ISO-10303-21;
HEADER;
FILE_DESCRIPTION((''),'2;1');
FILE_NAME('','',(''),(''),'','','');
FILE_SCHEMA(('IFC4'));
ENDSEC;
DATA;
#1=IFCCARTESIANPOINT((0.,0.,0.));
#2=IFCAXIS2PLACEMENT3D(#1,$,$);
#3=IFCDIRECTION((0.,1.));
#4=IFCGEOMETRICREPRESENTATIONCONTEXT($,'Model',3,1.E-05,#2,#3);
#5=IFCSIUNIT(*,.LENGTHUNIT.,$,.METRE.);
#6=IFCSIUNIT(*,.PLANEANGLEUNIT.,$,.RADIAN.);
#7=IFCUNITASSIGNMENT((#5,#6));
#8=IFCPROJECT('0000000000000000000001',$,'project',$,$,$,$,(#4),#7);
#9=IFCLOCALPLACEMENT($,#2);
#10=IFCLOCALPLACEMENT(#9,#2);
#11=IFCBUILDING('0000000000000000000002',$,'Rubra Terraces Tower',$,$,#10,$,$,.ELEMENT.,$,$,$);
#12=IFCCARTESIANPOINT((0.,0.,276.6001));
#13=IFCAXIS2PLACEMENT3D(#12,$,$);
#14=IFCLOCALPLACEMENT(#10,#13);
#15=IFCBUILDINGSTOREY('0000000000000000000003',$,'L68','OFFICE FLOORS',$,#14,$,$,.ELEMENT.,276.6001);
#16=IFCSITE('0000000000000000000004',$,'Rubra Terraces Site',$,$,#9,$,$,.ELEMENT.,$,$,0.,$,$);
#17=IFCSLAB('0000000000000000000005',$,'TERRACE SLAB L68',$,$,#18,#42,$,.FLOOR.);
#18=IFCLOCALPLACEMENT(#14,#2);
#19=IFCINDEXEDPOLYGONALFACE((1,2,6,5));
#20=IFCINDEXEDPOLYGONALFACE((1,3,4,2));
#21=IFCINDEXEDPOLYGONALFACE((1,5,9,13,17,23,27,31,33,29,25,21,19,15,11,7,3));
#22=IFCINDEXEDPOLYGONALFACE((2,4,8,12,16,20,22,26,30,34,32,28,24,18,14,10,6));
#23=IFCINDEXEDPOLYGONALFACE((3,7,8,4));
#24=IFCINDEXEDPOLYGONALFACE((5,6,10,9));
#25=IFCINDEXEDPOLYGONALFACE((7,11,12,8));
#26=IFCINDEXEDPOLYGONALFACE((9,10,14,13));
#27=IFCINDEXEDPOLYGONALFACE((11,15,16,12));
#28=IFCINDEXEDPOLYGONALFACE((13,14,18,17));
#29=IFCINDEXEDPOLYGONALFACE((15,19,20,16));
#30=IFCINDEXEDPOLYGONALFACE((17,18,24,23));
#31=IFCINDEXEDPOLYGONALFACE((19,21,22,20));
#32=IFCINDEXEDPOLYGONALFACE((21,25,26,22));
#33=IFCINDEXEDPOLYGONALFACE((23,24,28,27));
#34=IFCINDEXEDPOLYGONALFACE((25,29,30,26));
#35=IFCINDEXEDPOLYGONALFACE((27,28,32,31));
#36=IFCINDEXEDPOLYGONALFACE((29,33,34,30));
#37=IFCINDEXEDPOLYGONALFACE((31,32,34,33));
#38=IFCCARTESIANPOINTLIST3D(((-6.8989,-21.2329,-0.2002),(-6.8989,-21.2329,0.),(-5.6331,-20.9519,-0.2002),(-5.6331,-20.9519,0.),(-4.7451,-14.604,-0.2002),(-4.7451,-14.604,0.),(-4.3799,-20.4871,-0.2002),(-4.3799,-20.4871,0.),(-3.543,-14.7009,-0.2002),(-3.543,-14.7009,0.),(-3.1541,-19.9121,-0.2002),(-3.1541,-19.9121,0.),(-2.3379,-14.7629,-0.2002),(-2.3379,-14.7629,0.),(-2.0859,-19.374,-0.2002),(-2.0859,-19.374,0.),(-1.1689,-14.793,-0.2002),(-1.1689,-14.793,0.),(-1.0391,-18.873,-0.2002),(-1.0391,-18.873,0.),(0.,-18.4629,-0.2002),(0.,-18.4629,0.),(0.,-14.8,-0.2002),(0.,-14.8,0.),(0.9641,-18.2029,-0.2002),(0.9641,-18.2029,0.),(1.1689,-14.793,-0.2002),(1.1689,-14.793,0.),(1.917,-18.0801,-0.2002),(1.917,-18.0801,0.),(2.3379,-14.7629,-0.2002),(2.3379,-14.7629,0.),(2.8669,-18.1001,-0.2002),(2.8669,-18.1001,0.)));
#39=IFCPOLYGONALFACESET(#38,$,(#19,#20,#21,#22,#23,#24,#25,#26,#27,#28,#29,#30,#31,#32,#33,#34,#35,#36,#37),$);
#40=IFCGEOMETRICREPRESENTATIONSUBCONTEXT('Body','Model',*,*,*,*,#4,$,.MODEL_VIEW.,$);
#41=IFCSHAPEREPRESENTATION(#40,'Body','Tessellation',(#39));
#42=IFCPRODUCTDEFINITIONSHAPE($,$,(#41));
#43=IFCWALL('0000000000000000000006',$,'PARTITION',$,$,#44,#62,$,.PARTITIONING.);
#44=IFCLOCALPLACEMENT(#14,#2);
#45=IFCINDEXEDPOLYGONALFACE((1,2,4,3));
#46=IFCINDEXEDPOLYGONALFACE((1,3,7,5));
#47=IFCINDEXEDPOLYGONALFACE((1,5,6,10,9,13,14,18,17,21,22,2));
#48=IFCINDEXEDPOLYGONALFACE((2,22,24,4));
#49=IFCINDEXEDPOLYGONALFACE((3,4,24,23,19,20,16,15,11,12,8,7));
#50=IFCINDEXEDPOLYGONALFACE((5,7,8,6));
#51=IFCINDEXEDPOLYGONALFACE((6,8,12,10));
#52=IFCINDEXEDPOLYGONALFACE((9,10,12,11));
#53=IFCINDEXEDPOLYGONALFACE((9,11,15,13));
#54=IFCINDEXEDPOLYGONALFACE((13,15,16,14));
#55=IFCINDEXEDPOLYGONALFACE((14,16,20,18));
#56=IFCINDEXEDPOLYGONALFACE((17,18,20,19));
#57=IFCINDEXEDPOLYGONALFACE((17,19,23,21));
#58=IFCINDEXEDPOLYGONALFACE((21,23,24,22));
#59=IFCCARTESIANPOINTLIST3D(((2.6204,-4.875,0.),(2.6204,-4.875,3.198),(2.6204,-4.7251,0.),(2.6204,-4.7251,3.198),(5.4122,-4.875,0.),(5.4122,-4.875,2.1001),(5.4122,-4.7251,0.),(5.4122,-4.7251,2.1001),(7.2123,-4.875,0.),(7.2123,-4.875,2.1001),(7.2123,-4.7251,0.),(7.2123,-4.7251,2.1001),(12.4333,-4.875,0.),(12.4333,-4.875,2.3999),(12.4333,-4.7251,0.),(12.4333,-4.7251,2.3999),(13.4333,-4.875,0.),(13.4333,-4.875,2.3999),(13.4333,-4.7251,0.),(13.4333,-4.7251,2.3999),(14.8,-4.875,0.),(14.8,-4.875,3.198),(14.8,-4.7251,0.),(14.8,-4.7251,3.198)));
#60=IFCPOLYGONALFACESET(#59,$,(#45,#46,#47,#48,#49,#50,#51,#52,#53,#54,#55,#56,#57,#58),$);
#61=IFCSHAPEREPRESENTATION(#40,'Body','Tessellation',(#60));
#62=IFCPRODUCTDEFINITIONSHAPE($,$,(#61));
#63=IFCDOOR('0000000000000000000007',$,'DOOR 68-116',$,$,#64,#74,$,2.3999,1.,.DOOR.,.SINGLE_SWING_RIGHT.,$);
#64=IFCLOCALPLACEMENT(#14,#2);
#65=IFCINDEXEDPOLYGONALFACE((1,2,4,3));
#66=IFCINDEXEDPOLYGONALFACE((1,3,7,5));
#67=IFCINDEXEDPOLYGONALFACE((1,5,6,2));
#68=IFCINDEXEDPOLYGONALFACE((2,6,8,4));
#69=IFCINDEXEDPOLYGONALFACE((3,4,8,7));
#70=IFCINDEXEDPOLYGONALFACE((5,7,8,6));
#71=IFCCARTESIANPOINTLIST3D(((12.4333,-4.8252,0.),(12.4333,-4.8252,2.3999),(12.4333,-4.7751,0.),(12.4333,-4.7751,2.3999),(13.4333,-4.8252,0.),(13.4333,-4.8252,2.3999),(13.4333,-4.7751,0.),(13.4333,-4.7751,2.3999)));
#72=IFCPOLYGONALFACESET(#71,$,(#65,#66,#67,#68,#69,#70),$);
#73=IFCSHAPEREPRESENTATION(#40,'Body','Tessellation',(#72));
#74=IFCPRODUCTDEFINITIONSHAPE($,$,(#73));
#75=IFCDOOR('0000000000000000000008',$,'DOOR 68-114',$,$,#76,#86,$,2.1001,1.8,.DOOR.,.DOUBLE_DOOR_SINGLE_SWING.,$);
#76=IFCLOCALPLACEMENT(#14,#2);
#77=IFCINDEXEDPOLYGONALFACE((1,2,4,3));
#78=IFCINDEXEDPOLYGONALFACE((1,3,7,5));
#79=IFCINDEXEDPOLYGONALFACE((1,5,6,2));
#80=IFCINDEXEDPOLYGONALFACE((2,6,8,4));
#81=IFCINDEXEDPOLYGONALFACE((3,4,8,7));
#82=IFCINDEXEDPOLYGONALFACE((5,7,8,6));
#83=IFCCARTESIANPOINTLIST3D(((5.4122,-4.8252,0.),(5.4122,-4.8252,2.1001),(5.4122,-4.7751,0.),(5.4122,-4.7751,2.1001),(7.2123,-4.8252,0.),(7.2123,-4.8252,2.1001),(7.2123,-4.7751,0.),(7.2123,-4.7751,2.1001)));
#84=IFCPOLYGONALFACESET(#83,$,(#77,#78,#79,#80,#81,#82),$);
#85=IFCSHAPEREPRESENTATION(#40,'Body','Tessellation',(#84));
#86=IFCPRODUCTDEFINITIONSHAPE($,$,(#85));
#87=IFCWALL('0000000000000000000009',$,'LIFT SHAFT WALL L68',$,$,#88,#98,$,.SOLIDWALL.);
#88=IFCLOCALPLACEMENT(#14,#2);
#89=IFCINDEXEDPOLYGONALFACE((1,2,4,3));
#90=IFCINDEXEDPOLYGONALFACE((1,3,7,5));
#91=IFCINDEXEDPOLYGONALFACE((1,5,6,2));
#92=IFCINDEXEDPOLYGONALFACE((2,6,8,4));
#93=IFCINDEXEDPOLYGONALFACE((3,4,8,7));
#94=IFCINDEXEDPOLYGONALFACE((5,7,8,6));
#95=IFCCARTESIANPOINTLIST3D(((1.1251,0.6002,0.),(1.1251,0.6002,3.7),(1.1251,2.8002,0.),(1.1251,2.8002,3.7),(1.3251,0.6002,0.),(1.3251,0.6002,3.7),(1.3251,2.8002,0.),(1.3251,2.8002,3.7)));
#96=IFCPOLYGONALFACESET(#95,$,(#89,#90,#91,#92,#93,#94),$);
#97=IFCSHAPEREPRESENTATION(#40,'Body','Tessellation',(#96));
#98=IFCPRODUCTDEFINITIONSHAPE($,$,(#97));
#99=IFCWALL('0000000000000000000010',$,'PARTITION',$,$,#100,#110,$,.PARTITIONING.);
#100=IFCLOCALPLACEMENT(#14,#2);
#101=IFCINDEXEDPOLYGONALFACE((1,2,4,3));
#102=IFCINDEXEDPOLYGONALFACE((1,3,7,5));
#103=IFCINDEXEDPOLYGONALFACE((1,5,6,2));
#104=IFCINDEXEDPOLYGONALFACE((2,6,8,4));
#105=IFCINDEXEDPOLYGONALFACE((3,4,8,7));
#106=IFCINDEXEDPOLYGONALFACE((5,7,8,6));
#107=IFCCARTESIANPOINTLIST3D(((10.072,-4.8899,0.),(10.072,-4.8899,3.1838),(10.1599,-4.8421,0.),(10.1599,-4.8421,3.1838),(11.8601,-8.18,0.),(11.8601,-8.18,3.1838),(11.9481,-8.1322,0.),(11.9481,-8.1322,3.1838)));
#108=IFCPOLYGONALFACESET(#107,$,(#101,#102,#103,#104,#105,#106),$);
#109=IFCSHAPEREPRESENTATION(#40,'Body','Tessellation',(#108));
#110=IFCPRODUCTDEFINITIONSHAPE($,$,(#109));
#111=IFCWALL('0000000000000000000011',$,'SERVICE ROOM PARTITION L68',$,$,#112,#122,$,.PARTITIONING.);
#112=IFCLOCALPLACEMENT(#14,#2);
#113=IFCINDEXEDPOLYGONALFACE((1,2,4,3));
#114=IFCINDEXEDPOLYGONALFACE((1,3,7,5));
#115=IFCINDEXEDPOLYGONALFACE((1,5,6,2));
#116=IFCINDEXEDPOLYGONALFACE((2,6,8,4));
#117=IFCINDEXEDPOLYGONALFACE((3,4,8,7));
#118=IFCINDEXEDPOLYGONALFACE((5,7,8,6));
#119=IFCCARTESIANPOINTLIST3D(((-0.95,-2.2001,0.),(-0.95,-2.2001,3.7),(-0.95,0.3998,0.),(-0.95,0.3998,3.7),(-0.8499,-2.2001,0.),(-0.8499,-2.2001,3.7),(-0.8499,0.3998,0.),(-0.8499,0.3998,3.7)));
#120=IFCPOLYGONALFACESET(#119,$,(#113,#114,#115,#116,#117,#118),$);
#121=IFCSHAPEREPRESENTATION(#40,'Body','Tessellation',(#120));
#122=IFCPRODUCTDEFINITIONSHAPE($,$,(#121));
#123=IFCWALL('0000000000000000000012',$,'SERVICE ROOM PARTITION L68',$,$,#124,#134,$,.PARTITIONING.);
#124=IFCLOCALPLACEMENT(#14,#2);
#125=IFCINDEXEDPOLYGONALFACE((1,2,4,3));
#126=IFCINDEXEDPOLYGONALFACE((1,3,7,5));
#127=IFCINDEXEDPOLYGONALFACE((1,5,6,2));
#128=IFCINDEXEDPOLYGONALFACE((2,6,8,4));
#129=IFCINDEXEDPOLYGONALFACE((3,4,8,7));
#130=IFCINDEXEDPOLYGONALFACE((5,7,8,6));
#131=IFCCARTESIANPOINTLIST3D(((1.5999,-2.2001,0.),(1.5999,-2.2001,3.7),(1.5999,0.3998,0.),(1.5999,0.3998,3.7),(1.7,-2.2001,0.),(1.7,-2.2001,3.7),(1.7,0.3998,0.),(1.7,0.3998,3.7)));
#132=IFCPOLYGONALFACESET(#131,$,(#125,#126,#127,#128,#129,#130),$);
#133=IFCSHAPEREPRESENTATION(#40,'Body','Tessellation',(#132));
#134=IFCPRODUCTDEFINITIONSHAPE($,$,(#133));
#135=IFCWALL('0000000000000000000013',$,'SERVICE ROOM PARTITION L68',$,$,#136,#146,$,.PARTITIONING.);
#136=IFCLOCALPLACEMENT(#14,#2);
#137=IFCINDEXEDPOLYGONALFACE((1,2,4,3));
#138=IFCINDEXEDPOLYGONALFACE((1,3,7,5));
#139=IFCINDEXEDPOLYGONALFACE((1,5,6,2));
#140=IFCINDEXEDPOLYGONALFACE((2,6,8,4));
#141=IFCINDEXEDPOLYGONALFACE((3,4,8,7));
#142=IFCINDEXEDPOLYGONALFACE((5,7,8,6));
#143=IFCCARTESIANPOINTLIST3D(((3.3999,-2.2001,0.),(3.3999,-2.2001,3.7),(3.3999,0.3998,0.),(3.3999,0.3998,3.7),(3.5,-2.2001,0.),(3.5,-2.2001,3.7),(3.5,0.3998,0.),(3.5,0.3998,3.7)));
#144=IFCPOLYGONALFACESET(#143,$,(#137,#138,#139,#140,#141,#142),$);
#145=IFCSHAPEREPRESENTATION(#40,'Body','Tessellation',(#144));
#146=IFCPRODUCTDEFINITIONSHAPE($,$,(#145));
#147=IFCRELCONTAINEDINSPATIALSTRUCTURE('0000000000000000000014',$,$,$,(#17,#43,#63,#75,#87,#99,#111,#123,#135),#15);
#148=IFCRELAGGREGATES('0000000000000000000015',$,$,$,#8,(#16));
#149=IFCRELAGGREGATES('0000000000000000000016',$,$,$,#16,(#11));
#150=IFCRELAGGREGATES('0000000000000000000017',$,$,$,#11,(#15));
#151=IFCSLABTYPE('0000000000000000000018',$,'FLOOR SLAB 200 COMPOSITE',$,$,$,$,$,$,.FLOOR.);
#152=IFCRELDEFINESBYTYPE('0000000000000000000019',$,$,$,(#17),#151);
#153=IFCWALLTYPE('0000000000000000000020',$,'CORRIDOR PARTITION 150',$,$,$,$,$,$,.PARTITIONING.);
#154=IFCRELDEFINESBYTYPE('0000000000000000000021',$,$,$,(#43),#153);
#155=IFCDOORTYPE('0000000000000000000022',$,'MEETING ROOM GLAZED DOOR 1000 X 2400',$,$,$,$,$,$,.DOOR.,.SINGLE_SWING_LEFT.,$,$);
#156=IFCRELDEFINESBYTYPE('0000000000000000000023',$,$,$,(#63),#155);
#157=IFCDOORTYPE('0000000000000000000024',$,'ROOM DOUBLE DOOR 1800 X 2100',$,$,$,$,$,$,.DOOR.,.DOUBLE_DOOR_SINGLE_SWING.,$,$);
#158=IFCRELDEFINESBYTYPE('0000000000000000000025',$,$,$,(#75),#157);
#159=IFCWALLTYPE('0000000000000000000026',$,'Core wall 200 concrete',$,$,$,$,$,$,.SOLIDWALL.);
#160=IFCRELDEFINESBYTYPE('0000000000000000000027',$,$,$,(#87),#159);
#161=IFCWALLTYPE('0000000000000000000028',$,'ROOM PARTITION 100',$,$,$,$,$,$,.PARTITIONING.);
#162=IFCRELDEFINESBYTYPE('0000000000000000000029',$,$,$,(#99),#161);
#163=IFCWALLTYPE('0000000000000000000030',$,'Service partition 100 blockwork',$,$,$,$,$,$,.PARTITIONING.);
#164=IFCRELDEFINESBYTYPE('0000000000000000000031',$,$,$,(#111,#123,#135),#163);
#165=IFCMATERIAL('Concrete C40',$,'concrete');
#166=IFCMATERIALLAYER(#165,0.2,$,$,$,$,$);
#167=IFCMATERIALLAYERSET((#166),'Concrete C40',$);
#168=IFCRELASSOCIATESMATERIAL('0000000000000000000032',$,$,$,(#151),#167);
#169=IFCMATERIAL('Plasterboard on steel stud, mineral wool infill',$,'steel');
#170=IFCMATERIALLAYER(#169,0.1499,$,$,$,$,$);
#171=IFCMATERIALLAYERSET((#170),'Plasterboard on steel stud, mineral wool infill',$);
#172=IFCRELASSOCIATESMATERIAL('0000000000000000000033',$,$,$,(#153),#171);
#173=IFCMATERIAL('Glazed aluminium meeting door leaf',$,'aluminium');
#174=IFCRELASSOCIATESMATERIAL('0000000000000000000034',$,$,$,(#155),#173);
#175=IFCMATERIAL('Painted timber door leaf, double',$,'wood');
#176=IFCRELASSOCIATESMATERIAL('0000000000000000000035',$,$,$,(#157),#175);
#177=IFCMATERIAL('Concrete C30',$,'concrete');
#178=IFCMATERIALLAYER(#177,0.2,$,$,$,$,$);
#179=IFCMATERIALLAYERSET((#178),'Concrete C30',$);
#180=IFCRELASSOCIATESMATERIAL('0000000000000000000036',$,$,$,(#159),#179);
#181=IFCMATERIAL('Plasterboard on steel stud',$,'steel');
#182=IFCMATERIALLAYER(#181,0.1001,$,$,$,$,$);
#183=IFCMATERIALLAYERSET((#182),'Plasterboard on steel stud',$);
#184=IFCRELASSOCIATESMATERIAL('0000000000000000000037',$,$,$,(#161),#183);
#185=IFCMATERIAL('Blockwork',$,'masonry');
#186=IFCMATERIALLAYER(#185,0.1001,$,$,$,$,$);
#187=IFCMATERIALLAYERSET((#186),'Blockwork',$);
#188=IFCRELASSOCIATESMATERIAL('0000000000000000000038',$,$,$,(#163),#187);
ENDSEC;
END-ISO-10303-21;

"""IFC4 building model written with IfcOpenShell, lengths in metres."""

from ifc_helpers import new_model, si_unit, direction, frame, frame_2d, origin, place, context, subcontext, project, spatial, polyline, rectangle, outline, extrude, material, layer, layer_set, type_object, element, fill, save


model = new_model("IFC4")

# Units and contexts
model_context = context("Model", 3, precision=1e-05, world=origin(), true_north=direction((0.0, 1.0)))
body_context = subcontext(model_context, "Body", "Model", "MODEL_VIEW")
ifc_project = project(units=[si_unit("LENGTHUNIT", "METRE"), si_unit("PLANEANGLEUNIT", "RADIAN")], contexts=[model_context])

# Site, building, storey
site_placement = place(None, origin())
site = spatial("IfcSite", under=ifc_project, at=site_placement, Name="Rubra Terraces Site", CompositionType="ELEMENT", RefElevation=0.0)
building_placement = place(site_placement, origin())
building = spatial("IfcBuilding", under=site, at=building_placement, Name="Rubra Terraces Tower", CompositionType="ELEMENT")
storey_placement = place(building_placement, frame((0.0, 0.0, 276.6001)))
storey = spatial("IfcBuildingStorey", under=building, at=storey_placement, Name="L68", Description="OFFICE FLOORS", CompositionType="ELEMENT", Elevation=276.6001)

# Shared definitions
ifc_material_1 = material(Name="Concrete C40", Category="concrete")

# Slab
ifc_layer_1 = layer(ifc_material_1, 0.2)
ifc_layer_set_1 = layer_set([ifc_layer_1], Name="Concrete C40")
slab_type_1 = type_object("IfcSlabType", Name="FLOOR SLAB 200 COMPOSITE", PredefinedType="FLOOR", material=ifc_layer_set_1)
slab_1_placement = place(storey_placement, frame((0.0, 0.0, -0.2002)))
element("IfcSlab", 1, at=slab_1_placement, inside=storey, type_object=slab_type_1, Name="TERRACE SLAB L68", PredefinedType="FLOOR", context=body_context, shape_type="SweptSolid", body=[
    extrude(outline(polyline([(-6.8989, -21.2329), (-5.6331, -20.9519), (-4.3799, -20.4871), (-3.1541, -19.9121), (-2.0859, -19.374), (-1.0391, -18.873), (0.0, -18.4629), (0.9641, -18.2029), (1.917, -18.0801), (2.8669, -18.1001), (2.3379, -14.7629), (1.1689, -14.793), (0.0, -14.8), (-1.1689, -14.793), (-2.3379, -14.7629), (-3.543, -14.7009), (-4.7451, -14.604), (-6.8989, -21.2329)])), origin(), (0.0, 0.0, 1.0), 0.2002),
])

# Wall, openings, doors
ifc_material_2 = material(Name="Plasterboard on steel stud, mineral wool infill", Category="steel")
ifc_layer_2 = layer(ifc_material_2, 0.1499)
ifc_layer_set_2 = layer_set([ifc_layer_2], Name="Plasterboard on steel stud, mineral wool infill")
wall_type_1 = type_object("IfcWallType", Name="CORRIDOR PARTITION 150", PredefinedType="PARTITIONING", material=ifc_layer_set_2)
wall_1_placement = place(storey_placement, frame((2.6204, -4.8, 0.0), z_axis=(0.0, 0.0, 1.0), x_axis=(1.0, 0.0, 0.0)))
wall_1 = element("IfcWall", 2, at=wall_1_placement, inside=storey, type_object=wall_type_1, Name="PARTITION", PredefinedType="PARTITIONING", context=body_context, shape_type="SweptSolid", body=[
    extrude(rectangle(XDim=12.1797, YDim=0.1499, at=frame_2d((6.0898, 0.0))), origin(), (0.0, 0.0, 1.0), 3.198),
])
opening_1_placement = place(wall_1_placement, frame((2.792, 0.0, 0.0)))
opening_1 = element("IfcOpeningElement", 3, at=opening_1_placement, cuts=wall_1, PredefinedType="OPENING", context=body_context, shape_type="SweptSolid", body=[
    extrude(rectangle(XDim=1.8, YDim=2.1001, at=frame_2d((0.8999, 1.05))), frame((0.0, 0.085, 0.0), z_axis=(0.0, -1.0, 0.0), x_axis=(1.0, 0.0, 0.0)), (0.0, 0.0, 1.0), 0.1699),
])
opening_2_placement = place(wall_1_placement, frame((9.813, 0.0, 0.0)))
opening_2 = element("IfcOpeningElement", 4, at=opening_2_placement, cuts=wall_1, PredefinedType="OPENING", context=body_context, shape_type="SweptSolid", body=[
    extrude(rectangle(XDim=1.0, YDim=2.3999, at=frame_2d((0.5, 1.2))), frame((0.0, 0.085, 0.0), z_axis=(0.0, -1.0, 0.0), x_axis=(1.0, 0.0, 0.0)), (0.0, 0.0, 1.0), 0.1699),
])
ifc_material_3 = material(Name="Glazed aluminium meeting door leaf", Category="aluminium")
door_type_1 = type_object("IfcDoorType", Name="MEETING ROOM GLAZED DOOR 1000 X 2400", OperationType="SINGLE_SWING_LEFT", PredefinedType="DOOR", material=ifc_material_3)
door_1_placement = place(opening_2_placement, origin())
door_1 = element("IfcDoor", 5, at=door_1_placement, inside=storey, type_object=door_type_1, Name="DOOR 68-116", OperationType="SINGLE_SWING_RIGHT", OverallHeight=2.3999, OverallWidth=1.0, PredefinedType="DOOR", context=body_context, shape_type="SweptSolid", body=[
    extrude(rectangle(XDim=1.0, YDim=2.3999, at=frame_2d((0.5, 1.2))), frame((0.0, 0.0249, 0.0), z_axis=(0.0, -1.0, 0.0), x_axis=(1.0, 0.0, 0.0)), (0.0, 0.0, 1.0), 0.05),
])
fill(opening_2, door_1)
ifc_material_4 = material(Name="Painted timber door leaf, double", Category="wood")
door_type_2 = type_object("IfcDoorType", Name="ROOM DOUBLE DOOR 1800 X 2100", OperationType="DOUBLE_DOOR_SINGLE_SWING", PredefinedType="DOOR", material=ifc_material_4)
door_2_placement = place(opening_1_placement, origin())
door_2 = element("IfcDoor", 6, at=door_2_placement, inside=storey, type_object=door_type_2, Name="DOOR 68-114", OperationType="DOUBLE_DOOR_SINGLE_SWING", OverallHeight=2.1001, OverallWidth=1.8, PredefinedType="DOOR", context=body_context, shape_type="SweptSolid", body=[
    extrude(rectangle(XDim=1.8, YDim=2.1001, at=frame_2d((0.8999, 1.05))), frame((0.0, 0.0249, 0.0), z_axis=(0.0, -1.0, 0.0), x_axis=(1.0, 0.0, 0.0)), (0.0, 0.0, 1.0), 0.05),
])
fill(opening_1, door_2)

# Walls
ifc_material_5 = material(Name="Concrete C30", Category="concrete")
ifc_layer_3 = layer(ifc_material_5, 0.2)
ifc_layer_set_3 = layer_set([ifc_layer_3], Name="Concrete C30")
wall_type_2 = type_object("IfcWallType", Name="Core wall 200 concrete", PredefinedType="SOLIDWALL", material=ifc_layer_set_3)
wall_2_placement = place(storey_placement, frame((1.2251, 0.6001, 0.0), z_axis=(0.0, 0.0, 1.0), x_axis=(0.0, 1.0, 0.0)))
element("IfcWall", 7, at=wall_2_placement, inside=storey, type_object=wall_type_2, Name="LIFT SHAFT WALL L68", PredefinedType="SOLIDWALL", context=body_context, shape_type="SweptSolid", body=[
    extrude(rectangle(XDim=2.2, YDim=0.2, at=frame_2d((1.1001, 0.0))), origin(), (0.0, 0.0, 1.0), 3.7),
])
ifc_material_6 = material(Name="Plasterboard on steel stud", Category="steel")
ifc_layer_4 = layer(ifc_material_6, 0.1001)
ifc_layer_set_4 = layer_set([ifc_layer_4], Name="Plasterboard on steel stud")
wall_type_3 = type_object("IfcWallType", Name="ROOM PARTITION 100", PredefinedType="PARTITIONING", material=ifc_layer_set_4)
wall_3_placement = place(storey_placement, frame((10.116, -4.866, 0.0), z_axis=(0.0, 0.0, 1.0), x_axis=(0.477518, -0.878622, 0.0)))
element("IfcWall", 8, at=wall_3_placement, inside=storey, type_object=wall_type_3, Name="PARTITION", PredefinedType="PARTITIONING", context=body_context, shape_type="SweptSolid", body=[
    extrude(rectangle(XDim=3.7446, YDim=0.1001, at=frame_2d((1.8723, 0.0))), origin(), (0.0, 0.0, 1.0), 3.1838),
])
ifc_material_7 = material(Name="Blockwork", Category="masonry")
ifc_layer_5 = layer(ifc_material_7, 0.1001)
ifc_layer_set_5 = layer_set([ifc_layer_5], Name="Blockwork")
wall_type_4 = type_object("IfcWallType", Name="Service partition 100 blockwork", PredefinedType="PARTITIONING", material=ifc_layer_set_5)
for number, where, z_axis, x_axis, name in (
    (9, (-0.8999, -2.2, 0.0), (0.0, 0.0, 1.0), (0.0, 1.0, 0.0), "SERVICE ROOM PARTITION L68"),
    (10, (1.6499, -2.2, 0.0), (0.0, 0.0, 1.0), (0.0, 1.0, 0.0), "SERVICE ROOM PARTITION L68"),
    (11, (3.45, -2.2, 0.0), (0.0, 0.0, 1.0), (0.0, 1.0, 0.0), "SERVICE ROOM PARTITION L68"),
):
    element("IfcWall", number, at=place(storey_placement, frame(where, z_axis=z_axis, x_axis=x_axis)), inside=storey, type_object=wall_type_4, Name=name, PredefinedType="PARTITIONING", context=body_context, shape_type="SweptSolid", body=[
        extrude(rectangle(XDim=2.5999, YDim=0.1001, at=frame_2d((1.2998, 0.0))), origin(), (0.0, 0.0, 1.0), 3.7),
    ])

save(model, "model.ifc")
